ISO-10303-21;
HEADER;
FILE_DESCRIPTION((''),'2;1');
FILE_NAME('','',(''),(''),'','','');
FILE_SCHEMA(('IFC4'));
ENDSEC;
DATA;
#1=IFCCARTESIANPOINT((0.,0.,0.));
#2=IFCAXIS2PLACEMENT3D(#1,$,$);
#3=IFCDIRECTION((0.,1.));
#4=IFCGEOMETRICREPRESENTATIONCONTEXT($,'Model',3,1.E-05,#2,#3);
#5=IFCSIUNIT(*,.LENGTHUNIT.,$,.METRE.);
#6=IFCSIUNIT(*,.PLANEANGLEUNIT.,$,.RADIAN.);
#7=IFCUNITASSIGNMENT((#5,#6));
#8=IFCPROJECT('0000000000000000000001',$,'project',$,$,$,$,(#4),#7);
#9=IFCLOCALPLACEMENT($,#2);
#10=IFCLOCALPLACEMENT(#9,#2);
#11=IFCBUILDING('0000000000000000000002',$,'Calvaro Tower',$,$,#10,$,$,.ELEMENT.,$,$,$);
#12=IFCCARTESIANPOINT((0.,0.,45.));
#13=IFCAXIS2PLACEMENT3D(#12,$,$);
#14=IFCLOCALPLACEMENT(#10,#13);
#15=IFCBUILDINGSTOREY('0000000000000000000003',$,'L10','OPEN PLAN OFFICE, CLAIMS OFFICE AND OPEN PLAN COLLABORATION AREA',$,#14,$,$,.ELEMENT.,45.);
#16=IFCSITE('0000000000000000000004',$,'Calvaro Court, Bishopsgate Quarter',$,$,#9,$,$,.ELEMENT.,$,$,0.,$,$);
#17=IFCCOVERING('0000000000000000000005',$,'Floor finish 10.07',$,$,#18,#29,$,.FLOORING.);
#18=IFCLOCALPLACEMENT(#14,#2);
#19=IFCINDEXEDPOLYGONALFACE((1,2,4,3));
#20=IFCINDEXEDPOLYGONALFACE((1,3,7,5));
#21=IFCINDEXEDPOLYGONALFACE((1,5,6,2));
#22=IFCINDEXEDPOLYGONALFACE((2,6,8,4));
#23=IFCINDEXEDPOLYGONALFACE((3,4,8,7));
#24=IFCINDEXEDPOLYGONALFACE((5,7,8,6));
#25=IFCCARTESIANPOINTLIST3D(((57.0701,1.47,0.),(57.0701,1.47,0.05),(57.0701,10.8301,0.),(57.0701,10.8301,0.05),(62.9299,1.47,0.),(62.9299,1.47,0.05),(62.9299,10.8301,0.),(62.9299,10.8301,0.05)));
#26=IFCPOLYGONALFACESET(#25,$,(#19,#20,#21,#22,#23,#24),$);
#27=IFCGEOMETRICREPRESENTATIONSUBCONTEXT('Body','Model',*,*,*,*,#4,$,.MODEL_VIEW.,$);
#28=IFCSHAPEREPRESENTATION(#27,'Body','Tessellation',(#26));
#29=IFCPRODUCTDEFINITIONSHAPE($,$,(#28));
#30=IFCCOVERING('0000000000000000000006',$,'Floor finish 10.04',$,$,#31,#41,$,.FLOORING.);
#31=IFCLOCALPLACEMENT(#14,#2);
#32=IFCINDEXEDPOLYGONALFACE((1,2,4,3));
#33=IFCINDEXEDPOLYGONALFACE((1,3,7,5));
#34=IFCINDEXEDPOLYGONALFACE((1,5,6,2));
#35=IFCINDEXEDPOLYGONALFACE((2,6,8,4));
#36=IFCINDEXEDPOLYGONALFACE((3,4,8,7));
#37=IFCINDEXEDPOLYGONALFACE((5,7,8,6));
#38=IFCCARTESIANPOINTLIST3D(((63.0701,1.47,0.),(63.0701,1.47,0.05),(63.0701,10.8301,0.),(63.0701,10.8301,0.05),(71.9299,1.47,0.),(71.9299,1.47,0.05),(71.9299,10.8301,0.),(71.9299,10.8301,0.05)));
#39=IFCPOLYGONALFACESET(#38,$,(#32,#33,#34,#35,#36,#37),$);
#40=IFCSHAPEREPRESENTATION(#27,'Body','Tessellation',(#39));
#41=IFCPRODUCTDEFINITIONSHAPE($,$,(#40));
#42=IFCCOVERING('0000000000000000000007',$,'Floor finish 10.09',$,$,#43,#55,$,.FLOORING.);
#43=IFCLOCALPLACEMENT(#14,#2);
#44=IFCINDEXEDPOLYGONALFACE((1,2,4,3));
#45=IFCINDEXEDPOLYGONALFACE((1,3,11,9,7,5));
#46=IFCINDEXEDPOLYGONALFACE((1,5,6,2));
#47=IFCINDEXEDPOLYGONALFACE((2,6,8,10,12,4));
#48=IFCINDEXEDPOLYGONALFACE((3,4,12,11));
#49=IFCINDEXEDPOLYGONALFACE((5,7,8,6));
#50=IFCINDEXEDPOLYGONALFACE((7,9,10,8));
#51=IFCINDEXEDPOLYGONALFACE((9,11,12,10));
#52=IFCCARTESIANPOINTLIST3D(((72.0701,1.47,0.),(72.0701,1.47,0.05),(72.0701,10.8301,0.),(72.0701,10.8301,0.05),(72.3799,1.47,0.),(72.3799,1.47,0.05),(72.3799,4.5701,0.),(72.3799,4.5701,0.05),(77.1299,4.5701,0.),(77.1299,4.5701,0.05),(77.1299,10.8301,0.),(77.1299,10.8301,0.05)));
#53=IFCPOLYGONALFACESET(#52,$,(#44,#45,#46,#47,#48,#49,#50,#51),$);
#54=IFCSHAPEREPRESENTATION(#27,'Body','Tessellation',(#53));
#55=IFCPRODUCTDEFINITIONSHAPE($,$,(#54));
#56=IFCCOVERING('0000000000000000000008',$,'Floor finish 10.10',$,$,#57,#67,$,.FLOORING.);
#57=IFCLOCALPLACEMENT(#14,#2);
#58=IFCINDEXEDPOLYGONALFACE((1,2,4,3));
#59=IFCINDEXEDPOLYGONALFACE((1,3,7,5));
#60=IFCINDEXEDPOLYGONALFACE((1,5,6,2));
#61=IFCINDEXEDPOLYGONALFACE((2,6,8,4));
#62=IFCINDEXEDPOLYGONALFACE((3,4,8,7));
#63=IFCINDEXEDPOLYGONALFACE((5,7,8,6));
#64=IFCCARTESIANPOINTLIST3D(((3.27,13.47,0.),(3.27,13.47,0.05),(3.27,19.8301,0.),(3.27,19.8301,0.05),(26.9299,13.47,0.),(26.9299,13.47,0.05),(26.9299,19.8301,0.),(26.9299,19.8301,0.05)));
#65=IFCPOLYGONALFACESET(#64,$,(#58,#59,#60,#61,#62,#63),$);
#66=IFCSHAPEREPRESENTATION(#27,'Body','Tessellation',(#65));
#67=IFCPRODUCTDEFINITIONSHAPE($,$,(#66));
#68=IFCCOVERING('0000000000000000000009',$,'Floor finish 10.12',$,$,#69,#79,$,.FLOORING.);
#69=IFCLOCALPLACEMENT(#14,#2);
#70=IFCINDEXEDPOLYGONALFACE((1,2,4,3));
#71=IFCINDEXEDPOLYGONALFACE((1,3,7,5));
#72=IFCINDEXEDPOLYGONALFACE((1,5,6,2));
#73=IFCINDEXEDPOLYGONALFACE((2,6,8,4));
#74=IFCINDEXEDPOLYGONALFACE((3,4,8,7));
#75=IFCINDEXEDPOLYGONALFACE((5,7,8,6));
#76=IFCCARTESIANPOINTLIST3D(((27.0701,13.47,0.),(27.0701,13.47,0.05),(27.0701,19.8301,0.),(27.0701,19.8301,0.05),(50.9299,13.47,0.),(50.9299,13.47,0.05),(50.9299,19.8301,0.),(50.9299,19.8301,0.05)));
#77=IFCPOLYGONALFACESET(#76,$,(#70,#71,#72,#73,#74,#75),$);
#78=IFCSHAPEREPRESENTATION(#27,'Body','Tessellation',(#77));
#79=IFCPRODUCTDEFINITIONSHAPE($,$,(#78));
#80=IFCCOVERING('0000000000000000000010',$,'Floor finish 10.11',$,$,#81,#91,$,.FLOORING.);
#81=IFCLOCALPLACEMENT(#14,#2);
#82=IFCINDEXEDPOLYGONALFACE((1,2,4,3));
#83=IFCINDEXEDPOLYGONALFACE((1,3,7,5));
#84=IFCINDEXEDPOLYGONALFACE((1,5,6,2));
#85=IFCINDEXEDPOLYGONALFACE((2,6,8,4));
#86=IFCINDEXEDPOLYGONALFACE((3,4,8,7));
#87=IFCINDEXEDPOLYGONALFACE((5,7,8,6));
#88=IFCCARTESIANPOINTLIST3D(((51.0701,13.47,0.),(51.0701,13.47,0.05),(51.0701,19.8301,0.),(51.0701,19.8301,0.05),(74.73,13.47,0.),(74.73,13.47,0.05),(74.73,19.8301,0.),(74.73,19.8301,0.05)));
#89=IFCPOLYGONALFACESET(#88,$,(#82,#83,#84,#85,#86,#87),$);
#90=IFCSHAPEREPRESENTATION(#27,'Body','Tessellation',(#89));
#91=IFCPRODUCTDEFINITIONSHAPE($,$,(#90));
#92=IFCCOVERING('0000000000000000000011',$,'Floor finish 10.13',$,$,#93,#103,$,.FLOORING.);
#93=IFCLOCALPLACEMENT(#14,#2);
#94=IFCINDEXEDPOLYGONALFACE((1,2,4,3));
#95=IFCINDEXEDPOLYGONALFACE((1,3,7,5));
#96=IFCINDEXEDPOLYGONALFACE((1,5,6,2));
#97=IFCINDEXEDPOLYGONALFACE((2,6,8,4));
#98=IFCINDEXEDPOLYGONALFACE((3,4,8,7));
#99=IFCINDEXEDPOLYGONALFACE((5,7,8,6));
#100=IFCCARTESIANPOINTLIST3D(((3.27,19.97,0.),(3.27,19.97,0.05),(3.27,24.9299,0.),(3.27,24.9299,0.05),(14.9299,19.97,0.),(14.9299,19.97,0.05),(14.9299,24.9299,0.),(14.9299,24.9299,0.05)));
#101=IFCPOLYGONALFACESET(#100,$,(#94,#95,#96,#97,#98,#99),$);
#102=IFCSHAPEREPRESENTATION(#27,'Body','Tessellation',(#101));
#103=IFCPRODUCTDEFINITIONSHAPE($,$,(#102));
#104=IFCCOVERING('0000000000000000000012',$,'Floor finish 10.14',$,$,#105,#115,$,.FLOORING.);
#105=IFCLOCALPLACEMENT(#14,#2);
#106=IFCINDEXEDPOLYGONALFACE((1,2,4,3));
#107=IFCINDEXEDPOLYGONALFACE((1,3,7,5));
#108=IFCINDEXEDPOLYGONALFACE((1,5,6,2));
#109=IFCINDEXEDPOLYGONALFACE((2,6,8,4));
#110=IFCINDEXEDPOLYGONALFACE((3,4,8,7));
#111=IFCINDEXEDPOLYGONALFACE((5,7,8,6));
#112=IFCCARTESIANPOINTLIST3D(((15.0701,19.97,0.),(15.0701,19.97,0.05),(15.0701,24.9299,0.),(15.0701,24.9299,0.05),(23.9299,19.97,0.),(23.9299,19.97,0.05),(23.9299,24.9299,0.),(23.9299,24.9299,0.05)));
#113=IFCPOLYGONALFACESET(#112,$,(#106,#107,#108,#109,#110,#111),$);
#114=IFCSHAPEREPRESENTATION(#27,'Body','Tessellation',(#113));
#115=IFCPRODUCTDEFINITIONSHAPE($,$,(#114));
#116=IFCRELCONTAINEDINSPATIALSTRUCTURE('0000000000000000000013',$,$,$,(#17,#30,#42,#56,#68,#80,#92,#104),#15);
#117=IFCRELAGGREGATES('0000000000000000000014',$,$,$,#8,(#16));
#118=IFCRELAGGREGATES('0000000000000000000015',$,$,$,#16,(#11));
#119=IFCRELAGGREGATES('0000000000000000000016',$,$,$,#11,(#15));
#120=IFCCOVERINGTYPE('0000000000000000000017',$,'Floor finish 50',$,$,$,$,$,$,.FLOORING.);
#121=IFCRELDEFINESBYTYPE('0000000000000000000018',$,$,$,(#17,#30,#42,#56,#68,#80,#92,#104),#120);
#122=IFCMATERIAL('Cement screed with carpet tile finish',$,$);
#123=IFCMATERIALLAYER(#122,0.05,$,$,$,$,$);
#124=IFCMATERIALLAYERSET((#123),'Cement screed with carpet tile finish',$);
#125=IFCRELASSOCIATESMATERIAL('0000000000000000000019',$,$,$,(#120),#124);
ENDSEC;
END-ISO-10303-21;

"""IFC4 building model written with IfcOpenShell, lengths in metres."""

from ifc_helpers import new_model, si_unit, direction, frame, origin, place, context, subcontext, project, spatial, polyline, outline, extrude, material, layer, layer_set, type_object, element, save


model = new_model("IFC4")

# Units and contexts
model_context = context("Model", 3, precision=1e-05, world=origin(), true_north=direction((0.0, 1.0)))
body_context = subcontext(model_context, "Body", "Model", "MODEL_VIEW")
ifc_project = project(units=[si_unit("LENGTHUNIT", "METRE"), si_unit("PLANEANGLEUNIT", "RADIAN")], contexts=[model_context])

# Site, building, storey
site_placement = place(None, origin())
site = spatial("IfcSite", under=ifc_project, at=site_placement, Name="Calvaro Court, Bishopsgate Quarter", CompositionType="ELEMENT", RefElevation=0.0)
building_placement = place(site_placement, origin())
building = spatial("IfcBuilding", under=site, at=building_placement, Name="Calvaro Tower", CompositionType="ELEMENT")
storey_placement = place(building_placement, frame((0.0, 0.0, 45.0)))
storey = spatial("IfcBuildingStorey", under=building, at=storey_placement, Name="L10", Description="OPEN PLAN OFFICE, CLAIMS OFFICE AND OPEN PLAN COLLABORATION AREA", CompositionType="ELEMENT", Elevation=45.0)

# Coverings
ifc_material_1 = material(Name="Cement screed with carpet tile finish")
ifc_layer_1 = layer(ifc_material_1, 0.05)
ifc_layer_set_1 = layer_set([ifc_layer_1], Name="Cement screed with carpet tile finish")
covering_type = type_object("IfcCoveringType", Name="Floor finish 50", PredefinedType="FLOORING", material=ifc_layer_set_1)
covering_1_placement = place(storey_placement, origin())
element("IfcCovering", 1, at=covering_1_placement, inside=storey, type_object=covering_type, Name="Floor finish 10.07", PredefinedType="FLOORING", context=body_context, shape_type="SweptSolid", body=[
    extrude(outline(polyline([(57.0701, 10.8301), (62.9299, 10.8301), (62.9299, 1.47), (57.0701, 1.47), (57.0701, 10.8301)])), origin(), (0.0, 0.0, 1.0), 0.05),
])
covering_2_placement = place(storey_placement, origin())
element("IfcCovering", 2, at=covering_2_placement, inside=storey, type_object=covering_type, Name="Floor finish 10.04", PredefinedType="FLOORING", context=body_context, shape_type="SweptSolid", body=[
    extrude(outline(polyline([(63.0701, 10.8301), (71.9299, 10.8301), (71.9299, 1.47), (63.0701, 1.47), (63.0701, 10.8301)])), origin(), (0.0, 0.0, 1.0), 0.05),
])
covering_3_placement = place(storey_placement, origin())
element("IfcCovering", 3, at=covering_3_placement, inside=storey, type_object=covering_type, Name="Floor finish 10.09", PredefinedType="FLOORING", context=body_context, shape_type="SweptSolid", body=[
    extrude(outline(polyline([(77.1299, 4.5701), (72.3799, 4.5701), (72.3799, 1.47), (72.0701, 1.47), (72.0701, 10.8301), (77.1299, 10.8301), (77.1299, 4.5701)])), origin(), (0.0, 0.0, 1.0), 0.05),
])
covering_4_placement = place(storey_placement, origin())
element("IfcCovering", 4, at=covering_4_placement, inside=storey, type_object=covering_type, Name="Floor finish 10.10", PredefinedType="FLOORING", context=body_context, shape_type="SweptSolid", body=[
    extrude(outline(polyline([(3.27, 13.47), (3.27, 19.8301), (26.9299, 19.8301), (26.9299, 13.47), (3.27, 13.47)])), origin(), (0.0, 0.0, 1.0), 0.05),
])
covering_5_placement = place(storey_placement, origin())
element("IfcCovering", 5, at=covering_5_placement, inside=storey, type_object=covering_type, Name="Floor finish 10.12", PredefinedType="FLOORING", context=body_context, shape_type="SweptSolid", body=[
    extrude(outline(polyline([(27.0701, 13.47), (27.0701, 19.8301), (50.9299, 19.8301), (50.9299, 13.47), (27.0701, 13.47)])), origin(), (0.0, 0.0, 1.0), 0.05),
])
covering_6_placement = place(storey_placement, origin())
element("IfcCovering", 6, at=covering_6_placement, inside=storey, type_object=covering_type, Name="Floor finish 10.11", PredefinedType="FLOORING", context=body_context, shape_type="SweptSolid", body=[
    extrude(outline(polyline([(51.0701, 13.47), (51.0701, 19.8301), (74.73, 19.8301), (74.73, 13.47), (51.0701, 13.47)])), origin(), (0.0, 0.0, 1.0), 0.05),
])
covering_7_placement = place(storey_placement, origin())
element("IfcCovering", 7, at=covering_7_placement, inside=storey, type_object=covering_type, Name="Floor finish 10.13", PredefinedType="FLOORING", context=body_context, shape_type="SweptSolid", body=[
    extrude(outline(polyline([(3.27, 19.97), (3.27, 24.9299), (14.9299, 24.9299), (14.9299, 19.97), (3.27, 19.97)])), origin(), (0.0, 0.0, 1.0), 0.05),
])
covering_8_placement = place(storey_placement, origin())
element("IfcCovering", 8, at=covering_8_placement, inside=storey, type_object=covering_type, Name="Floor finish 10.14", PredefinedType="FLOORING", context=body_context, shape_type="SweptSolid", body=[
    extrude(outline(polyline([(15.0701, 19.97), (15.0701, 24.9299), (23.9299, 24.9299), (23.9299, 19.97), (15.0701, 19.97)])), origin(), (0.0, 0.0, 1.0), 0.05),
])

save(model, "model.ifc")
